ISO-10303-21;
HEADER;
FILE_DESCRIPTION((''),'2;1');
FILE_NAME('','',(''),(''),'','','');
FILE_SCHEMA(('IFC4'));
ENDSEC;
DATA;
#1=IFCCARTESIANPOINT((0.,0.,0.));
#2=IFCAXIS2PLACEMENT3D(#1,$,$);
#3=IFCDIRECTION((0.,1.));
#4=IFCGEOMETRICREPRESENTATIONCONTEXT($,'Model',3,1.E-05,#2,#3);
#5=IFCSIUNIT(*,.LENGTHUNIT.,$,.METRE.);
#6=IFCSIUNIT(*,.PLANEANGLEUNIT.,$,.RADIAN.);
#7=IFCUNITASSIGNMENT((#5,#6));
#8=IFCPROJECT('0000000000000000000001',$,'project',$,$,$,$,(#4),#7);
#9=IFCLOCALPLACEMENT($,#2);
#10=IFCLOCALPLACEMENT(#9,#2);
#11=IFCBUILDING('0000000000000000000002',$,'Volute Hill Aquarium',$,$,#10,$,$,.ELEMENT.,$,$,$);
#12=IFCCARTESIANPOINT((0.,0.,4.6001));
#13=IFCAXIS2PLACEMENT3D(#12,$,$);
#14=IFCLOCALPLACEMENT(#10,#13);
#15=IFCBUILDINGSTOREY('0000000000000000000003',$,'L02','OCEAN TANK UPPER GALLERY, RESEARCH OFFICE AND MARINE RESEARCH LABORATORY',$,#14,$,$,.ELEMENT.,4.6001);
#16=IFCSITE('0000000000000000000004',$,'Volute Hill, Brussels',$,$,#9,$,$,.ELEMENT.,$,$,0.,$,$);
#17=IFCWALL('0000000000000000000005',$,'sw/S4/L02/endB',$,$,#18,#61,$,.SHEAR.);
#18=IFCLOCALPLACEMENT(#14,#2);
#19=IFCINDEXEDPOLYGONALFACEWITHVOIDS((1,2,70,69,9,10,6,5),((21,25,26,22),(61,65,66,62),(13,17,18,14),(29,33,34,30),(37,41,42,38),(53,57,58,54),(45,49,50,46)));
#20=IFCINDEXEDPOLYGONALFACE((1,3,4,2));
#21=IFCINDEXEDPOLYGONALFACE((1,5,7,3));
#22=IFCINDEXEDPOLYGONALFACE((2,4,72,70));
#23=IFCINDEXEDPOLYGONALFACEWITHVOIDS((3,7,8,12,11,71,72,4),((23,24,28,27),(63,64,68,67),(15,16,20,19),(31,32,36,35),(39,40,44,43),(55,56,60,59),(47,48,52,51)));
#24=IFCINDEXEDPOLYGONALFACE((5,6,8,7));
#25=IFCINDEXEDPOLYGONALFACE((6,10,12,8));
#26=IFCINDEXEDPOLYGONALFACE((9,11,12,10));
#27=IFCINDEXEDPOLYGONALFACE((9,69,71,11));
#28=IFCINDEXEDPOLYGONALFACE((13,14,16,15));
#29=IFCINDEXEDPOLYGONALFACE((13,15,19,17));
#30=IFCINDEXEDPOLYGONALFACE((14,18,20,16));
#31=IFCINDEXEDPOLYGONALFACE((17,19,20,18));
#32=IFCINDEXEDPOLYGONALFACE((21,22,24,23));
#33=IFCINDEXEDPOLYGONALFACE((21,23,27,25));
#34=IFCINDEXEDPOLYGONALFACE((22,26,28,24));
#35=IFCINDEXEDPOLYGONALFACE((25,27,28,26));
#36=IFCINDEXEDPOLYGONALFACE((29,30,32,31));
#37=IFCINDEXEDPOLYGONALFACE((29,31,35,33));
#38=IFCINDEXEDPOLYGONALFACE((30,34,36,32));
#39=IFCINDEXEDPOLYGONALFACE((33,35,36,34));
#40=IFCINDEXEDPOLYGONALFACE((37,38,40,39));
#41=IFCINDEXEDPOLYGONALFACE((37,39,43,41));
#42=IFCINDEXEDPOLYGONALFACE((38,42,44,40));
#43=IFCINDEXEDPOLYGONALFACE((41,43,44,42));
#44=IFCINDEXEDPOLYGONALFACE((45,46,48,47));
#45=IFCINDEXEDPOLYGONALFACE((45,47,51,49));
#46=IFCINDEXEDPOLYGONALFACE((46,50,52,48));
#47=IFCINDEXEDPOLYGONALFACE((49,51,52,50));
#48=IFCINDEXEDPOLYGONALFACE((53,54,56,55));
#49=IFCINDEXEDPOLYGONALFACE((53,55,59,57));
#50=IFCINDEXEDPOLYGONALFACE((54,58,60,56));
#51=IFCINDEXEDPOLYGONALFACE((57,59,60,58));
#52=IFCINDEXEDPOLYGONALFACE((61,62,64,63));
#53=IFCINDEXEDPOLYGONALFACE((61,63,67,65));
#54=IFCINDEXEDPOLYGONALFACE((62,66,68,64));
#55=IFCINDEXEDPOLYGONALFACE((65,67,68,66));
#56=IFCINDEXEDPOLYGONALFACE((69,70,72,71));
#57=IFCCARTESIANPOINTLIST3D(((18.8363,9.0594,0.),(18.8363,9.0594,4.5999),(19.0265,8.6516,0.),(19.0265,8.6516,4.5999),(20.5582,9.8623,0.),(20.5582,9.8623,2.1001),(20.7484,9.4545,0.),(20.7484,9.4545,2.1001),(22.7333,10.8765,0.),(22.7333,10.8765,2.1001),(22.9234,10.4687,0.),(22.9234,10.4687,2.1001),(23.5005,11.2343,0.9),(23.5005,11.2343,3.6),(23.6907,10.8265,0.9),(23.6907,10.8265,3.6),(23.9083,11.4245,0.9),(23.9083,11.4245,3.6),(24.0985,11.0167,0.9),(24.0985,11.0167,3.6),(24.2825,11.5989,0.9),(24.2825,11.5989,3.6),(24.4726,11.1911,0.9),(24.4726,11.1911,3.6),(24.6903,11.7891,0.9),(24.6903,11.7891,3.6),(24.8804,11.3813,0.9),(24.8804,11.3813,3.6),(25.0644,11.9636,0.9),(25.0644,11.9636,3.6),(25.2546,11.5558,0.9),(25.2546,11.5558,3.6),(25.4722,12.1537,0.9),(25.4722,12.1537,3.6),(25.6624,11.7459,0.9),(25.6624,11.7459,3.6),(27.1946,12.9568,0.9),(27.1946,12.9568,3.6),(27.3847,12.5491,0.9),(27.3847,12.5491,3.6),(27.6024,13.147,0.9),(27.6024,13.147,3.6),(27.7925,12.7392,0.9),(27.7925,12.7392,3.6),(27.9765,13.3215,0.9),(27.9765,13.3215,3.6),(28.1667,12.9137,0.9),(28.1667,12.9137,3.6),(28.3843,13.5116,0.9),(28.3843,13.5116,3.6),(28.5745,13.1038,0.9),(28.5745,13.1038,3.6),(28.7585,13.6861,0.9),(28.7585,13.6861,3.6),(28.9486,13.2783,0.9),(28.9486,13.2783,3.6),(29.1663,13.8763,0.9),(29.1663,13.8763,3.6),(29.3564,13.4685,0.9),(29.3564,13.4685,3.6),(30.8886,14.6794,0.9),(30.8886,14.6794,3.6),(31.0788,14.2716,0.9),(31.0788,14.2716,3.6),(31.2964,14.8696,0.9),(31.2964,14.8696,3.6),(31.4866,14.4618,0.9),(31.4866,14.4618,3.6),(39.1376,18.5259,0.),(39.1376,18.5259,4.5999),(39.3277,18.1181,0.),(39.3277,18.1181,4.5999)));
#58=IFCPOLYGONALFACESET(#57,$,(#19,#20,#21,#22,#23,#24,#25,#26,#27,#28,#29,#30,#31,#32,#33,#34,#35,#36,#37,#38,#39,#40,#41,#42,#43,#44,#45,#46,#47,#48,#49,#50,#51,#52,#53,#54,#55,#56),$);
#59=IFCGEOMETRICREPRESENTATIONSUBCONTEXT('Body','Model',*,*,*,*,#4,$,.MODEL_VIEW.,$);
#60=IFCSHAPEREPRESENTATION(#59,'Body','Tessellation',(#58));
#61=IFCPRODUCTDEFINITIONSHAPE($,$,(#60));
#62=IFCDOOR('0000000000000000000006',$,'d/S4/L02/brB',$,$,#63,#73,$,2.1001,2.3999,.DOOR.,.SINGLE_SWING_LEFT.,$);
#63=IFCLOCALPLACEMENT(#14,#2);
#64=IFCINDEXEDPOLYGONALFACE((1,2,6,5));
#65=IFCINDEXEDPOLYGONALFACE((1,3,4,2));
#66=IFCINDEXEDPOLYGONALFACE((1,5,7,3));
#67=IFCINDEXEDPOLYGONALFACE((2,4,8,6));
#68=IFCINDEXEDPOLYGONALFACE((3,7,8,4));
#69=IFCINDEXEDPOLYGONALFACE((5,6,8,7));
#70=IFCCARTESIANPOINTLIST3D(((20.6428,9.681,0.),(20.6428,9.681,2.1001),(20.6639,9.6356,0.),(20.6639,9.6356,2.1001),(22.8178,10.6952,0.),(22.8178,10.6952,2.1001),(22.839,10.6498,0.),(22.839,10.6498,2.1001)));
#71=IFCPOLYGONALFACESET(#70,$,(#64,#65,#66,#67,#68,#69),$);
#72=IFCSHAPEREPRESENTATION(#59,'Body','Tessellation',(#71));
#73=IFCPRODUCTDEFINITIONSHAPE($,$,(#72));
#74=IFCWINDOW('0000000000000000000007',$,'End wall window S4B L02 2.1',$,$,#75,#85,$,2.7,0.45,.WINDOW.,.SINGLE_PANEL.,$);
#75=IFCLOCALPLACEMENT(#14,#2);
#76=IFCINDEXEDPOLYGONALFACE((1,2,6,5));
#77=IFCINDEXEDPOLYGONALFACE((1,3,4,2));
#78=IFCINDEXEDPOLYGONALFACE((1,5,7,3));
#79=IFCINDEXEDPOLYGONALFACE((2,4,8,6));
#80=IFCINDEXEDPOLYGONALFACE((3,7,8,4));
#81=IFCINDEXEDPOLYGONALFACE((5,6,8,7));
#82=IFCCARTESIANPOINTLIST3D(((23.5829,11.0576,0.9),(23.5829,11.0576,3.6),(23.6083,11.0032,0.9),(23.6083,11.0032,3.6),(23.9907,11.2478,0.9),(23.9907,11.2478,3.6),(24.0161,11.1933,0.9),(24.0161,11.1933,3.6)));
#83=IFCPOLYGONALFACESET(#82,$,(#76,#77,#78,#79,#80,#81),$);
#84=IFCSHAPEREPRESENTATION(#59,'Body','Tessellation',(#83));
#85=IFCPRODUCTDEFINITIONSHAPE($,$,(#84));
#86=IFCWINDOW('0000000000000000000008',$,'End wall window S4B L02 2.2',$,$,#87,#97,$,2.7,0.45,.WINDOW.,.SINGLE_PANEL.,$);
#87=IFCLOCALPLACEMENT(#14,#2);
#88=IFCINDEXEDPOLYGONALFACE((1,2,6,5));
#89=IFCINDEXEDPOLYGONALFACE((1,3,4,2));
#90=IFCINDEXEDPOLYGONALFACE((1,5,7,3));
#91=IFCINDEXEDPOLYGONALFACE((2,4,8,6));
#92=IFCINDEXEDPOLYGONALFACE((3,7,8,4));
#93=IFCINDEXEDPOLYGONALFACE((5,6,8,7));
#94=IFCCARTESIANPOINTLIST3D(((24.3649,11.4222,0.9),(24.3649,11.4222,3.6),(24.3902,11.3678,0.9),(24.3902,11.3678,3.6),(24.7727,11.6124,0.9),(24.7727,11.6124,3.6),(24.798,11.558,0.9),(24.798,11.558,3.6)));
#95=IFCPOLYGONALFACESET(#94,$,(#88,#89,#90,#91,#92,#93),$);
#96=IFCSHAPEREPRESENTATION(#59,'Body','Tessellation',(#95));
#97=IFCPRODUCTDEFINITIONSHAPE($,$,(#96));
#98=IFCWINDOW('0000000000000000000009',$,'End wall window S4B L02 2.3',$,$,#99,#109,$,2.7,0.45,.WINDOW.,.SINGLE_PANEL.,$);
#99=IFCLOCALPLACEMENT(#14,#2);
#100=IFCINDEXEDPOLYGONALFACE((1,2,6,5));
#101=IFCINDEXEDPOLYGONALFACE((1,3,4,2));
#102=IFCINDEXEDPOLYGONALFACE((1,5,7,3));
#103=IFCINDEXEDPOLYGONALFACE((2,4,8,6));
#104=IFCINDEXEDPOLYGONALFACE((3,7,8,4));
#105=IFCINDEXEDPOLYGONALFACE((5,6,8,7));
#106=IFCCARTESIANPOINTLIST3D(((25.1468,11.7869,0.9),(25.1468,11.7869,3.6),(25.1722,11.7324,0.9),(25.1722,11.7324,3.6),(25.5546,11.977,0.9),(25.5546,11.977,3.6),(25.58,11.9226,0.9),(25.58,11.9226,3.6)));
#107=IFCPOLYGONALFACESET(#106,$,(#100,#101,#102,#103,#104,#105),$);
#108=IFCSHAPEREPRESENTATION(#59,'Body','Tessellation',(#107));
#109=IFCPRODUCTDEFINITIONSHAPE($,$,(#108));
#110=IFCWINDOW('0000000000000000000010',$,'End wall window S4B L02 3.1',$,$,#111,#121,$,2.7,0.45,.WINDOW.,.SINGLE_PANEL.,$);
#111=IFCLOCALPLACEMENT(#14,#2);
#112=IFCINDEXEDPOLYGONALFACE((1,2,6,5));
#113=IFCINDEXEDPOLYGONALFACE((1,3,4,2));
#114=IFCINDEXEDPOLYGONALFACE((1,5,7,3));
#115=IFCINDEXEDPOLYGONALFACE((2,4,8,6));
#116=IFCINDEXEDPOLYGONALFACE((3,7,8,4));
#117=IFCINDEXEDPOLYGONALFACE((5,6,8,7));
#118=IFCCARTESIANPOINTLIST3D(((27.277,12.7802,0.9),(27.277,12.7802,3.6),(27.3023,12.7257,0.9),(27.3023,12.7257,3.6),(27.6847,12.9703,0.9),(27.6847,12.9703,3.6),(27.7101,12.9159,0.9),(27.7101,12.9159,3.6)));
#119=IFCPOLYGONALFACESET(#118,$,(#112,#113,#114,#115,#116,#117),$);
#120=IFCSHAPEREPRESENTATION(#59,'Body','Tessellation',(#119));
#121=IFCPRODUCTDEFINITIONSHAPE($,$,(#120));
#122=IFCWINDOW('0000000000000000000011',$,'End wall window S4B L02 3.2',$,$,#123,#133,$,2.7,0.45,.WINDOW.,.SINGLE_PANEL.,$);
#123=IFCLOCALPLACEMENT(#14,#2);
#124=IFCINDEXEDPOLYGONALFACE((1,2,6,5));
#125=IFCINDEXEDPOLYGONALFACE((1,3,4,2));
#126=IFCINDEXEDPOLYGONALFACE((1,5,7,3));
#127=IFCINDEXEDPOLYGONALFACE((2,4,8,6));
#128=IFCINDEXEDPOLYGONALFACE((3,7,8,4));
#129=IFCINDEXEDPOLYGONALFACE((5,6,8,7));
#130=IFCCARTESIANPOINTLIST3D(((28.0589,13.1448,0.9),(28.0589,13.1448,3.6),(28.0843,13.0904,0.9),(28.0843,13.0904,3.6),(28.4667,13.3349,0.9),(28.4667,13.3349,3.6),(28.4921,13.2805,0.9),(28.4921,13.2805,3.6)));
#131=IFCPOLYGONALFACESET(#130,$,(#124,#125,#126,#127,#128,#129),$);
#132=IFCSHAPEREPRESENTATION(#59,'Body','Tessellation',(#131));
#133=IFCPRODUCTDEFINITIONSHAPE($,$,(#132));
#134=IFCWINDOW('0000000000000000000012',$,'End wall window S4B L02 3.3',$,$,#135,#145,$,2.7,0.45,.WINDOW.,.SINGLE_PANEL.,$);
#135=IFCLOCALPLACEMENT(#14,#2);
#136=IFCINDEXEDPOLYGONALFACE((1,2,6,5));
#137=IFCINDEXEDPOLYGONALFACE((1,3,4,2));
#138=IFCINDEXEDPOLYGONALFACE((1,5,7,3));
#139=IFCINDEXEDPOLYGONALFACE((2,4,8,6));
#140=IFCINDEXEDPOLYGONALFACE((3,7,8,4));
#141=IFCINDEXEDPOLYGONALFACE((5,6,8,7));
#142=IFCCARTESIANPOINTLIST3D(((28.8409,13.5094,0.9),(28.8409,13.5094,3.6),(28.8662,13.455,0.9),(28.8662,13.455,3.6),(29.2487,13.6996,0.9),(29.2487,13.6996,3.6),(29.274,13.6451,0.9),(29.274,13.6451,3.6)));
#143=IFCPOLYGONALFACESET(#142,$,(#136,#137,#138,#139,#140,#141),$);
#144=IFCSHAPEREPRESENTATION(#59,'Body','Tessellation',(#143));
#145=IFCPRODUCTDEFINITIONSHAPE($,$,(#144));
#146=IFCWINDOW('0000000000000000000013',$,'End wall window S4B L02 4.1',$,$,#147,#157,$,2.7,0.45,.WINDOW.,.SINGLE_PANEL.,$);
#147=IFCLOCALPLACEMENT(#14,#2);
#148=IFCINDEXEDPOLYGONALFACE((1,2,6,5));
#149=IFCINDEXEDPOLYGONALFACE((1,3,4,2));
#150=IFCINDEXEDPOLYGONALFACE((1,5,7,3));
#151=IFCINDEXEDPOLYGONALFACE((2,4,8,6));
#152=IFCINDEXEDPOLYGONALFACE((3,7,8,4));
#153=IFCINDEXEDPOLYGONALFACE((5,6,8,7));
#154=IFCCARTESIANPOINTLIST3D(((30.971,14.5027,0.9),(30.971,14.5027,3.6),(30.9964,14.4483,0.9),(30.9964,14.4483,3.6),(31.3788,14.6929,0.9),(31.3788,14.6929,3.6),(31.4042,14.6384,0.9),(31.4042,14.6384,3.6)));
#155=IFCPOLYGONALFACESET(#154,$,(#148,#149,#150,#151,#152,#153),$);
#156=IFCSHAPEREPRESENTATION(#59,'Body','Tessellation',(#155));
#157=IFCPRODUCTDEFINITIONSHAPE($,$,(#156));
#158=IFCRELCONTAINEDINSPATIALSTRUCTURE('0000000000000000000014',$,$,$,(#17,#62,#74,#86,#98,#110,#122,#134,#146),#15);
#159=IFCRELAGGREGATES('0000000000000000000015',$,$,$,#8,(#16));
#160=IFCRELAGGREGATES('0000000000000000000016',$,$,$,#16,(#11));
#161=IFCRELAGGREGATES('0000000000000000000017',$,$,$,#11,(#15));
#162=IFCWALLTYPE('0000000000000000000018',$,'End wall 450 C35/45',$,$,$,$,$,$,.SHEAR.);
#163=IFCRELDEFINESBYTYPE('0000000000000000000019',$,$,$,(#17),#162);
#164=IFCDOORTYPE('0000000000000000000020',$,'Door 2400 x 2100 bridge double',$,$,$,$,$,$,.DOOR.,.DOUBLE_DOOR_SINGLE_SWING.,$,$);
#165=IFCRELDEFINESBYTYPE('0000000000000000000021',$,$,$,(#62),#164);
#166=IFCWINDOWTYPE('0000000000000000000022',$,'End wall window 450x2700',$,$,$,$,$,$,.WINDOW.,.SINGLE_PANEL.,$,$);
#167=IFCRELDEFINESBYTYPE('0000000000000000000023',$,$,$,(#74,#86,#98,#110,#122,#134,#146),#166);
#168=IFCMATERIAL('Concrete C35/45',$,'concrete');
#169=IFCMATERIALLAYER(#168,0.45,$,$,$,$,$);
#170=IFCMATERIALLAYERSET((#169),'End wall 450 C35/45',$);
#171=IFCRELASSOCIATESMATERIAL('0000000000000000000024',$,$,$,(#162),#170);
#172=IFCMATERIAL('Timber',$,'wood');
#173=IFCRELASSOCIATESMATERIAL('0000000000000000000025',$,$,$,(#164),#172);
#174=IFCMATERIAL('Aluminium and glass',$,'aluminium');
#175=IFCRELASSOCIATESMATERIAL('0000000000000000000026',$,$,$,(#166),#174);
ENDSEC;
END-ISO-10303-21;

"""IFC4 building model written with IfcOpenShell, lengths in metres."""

from ifc_helpers import new_model, si_unit, direction, frame, frame_2d, origin, place, context, subcontext, project, spatial, rectangle, extrude, material, layer, layer_set, type_object, element, fill, save


model = new_model("IFC4")

# Units and contexts
model_context = context("Model", 3, precision=1e-05, world=origin(), true_north=direction((0.0, 1.0)))
body_context = subcontext(model_context, "Body", "Model", "MODEL_VIEW")
ifc_project = project(units=[si_unit("LENGTHUNIT", "METRE"), si_unit("PLANEANGLEUNIT", "RADIAN")], contexts=[model_context])

# Site, building, storey
site_placement = place(None, origin())
site = spatial("IfcSite", under=ifc_project, at=site_placement, Name="Volute Hill, Brussels", CompositionType="ELEMENT", RefElevation=0.0)
building_placement = place(site_placement, origin())
building = spatial("IfcBuilding", under=site, at=building_placement, Name="Volute Hill Aquarium", CompositionType="ELEMENT")
storey_placement = place(building_placement, frame((0.0, 0.0, 4.6001)))
storey = spatial("IfcBuildingStorey", under=building, at=storey_placement, Name="L02", Description="OCEAN TANK UPPER GALLERY, RESEARCH OFFICE AND MARINE RESEARCH LABORATORY", CompositionType="ELEMENT", Elevation=4.6001)

# Wall, openings, door, windows
ifc_material_1 = material(Name="Concrete C35/45", Category="concrete")
ifc_layer_1 = layer(ifc_material_1, 0.45)
ifc_layer_set_1 = layer_set([ifc_layer_1], Name="End wall 450 C35/45")
wall_type_1 = type_object("IfcWallType", Name="End wall 450 C35/45", PredefinedType="SHEAR", material=ifc_layer_set_1)
wall_1_placement = place(storey_placement, frame((18.9314, 8.8555, 0.0), z_axis=(0.0, 0.0, 1.0), x_axis=(0.906309, 0.422615, 0.0)))
wall_1 = element("IfcWall", 1, at=wall_1_placement, inside=storey, type_object=wall_type_1, Name="sw/S4/L02/endB", PredefinedType="SHEAR", context=body_context, shape_type="SweptSolid", body=[
    extrude(rectangle(XDim=22.3999, YDim=0.45, at=frame_2d((11.2, 0.0))), origin(), (0.0, 0.0, 1.0), 4.5999),
])
opening_1_placement = place(wall_1_placement, frame((5.1462, 0.0, 0.8999)))
opening_1 = element("IfcOpeningElement", 2, at=opening_1_placement, cuts=wall_1, PredefinedType="OPENING", context=body_context, shape_type="SweptSolid", body=[
    extrude(rectangle(XDim=0.45, YDim=2.7, at=frame_2d((0.2251, 1.3501))), frame((0.0, 0.2349, 0.0), z_axis=(0.0, -1.0, 0.0), x_axis=(1.0, 0.0, 0.0)), (0.0, 0.0, 1.0), 0.47),
])
opening_2_placement = place(wall_1_placement, frame((6.009, 0.0, 0.8999)))
opening_2 = element("IfcOpeningElement", 3, at=opening_2_placement, cuts=wall_1, PredefinedType="OPENING", context=body_context, shape_type="SweptSolid", body=[
    extrude(rectangle(XDim=0.45, YDim=2.7, at=frame_2d((0.2251, 1.3501))), frame((0.0, 0.2349, 0.0), z_axis=(0.0, -1.0, 0.0), x_axis=(1.0, 0.0, 0.0)), (0.0, 0.0, 1.0), 0.47),
])
opening_3_placement = place(wall_1_placement, frame((6.8718, 0.0, 0.8999)))
opening_3 = element("IfcOpeningElement", 4, at=opening_3_placement, cuts=wall_1, PredefinedType="OPENING", context=body_context, shape_type="SweptSolid", body=[
    extrude(rectangle(XDim=0.45, YDim=2.7, at=frame_2d((0.2251, 1.3501))), frame((0.0, 0.2349, 0.0), z_axis=(0.0, -1.0, 0.0), x_axis=(1.0, 0.0, 0.0)), (0.0, 0.0, 1.0), 0.47),
])
opening_4_placement = place(wall_1_placement, frame((9.2222, 0.0, 0.8999)))
opening_4 = element("IfcOpeningElement", 5, at=opening_4_placement, cuts=wall_1, PredefinedType="OPENING", context=body_context, shape_type="SweptSolid", body=[
    extrude(rectangle(XDim=0.45, YDim=2.7, at=frame_2d((0.2251, 1.3501))), frame((0.0, 0.2349, 0.0), z_axis=(0.0, -1.0, 0.0), x_axis=(1.0, 0.0, 0.0)), (0.0, 0.0, 1.0), 0.47),
])
opening_5_placement = place(wall_1_placement, frame((10.085, 0.0, 0.8999)))
opening_5 = element("IfcOpeningElement", 6, at=opening_5_placement, cuts=wall_1, PredefinedType="OPENING", context=body_context, shape_type="SweptSolid", body=[
    extrude(rectangle(XDim=0.45, YDim=2.7, at=frame_2d((0.2251, 1.3501))), frame((0.0, 0.2349, 0.0), z_axis=(0.0, -1.0, 0.0), x_axis=(1.0, 0.0, 0.0)), (0.0, 0.0, 1.0), 0.47),
])
opening_6_placement = place(wall_1_placement, frame((10.9478, 0.0, 0.8999)))
opening_6 = element("IfcOpeningElement", 7, at=opening_6_placement, cuts=wall_1, PredefinedType="OPENING", context=body_context, shape_type="SweptSolid", body=[
    extrude(rectangle(XDim=0.45, YDim=2.7, at=frame_2d((0.2251, 1.3501))), frame((0.0, 0.2349, 0.0), z_axis=(0.0, -1.0, 0.0), x_axis=(1.0, 0.0, 0.0)), (0.0, 0.0, 1.0), 0.47),
])
opening_7_placement = place(wall_1_placement, frame((13.2981, 0.0, 0.8999)))
opening_7 = element("IfcOpeningElement", 8, at=opening_7_placement, cuts=wall_1, PredefinedType="OPENING", context=body_context, shape_type="SweptSolid", body=[
    extrude(rectangle(XDim=0.45, YDim=2.7, at=frame_2d((0.2251, 1.3501))), frame((0.0, 0.2349, 0.0), z_axis=(0.0, -1.0, 0.0), x_axis=(1.0, 0.0, 0.0)), (0.0, 0.0, 1.0), 0.47),
])
opening_8_placement = place(wall_1_placement, frame((1.8999, 0.0, 0.0)))
opening_8 = element("IfcOpeningElement", 9, at=opening_8_placement, cuts=wall_1, PredefinedType="OPENING", context=body_context, shape_type="SweptSolid", body=[
    extrude(rectangle(XDim=2.3999, YDim=2.1001, at=frame_2d((1.2, 1.05))), frame((0.0, 0.2349, 0.0), z_axis=(0.0, -1.0, 0.0), x_axis=(1.0, 0.0, 0.0)), (0.0, 0.0, 1.0), 0.47),
])
ifc_material_2 = material(Name="Timber", Category="wood")
door_type = type_object("IfcDoorType", Name="Door 2400 x 2100 bridge double", OperationType="DOUBLE_DOOR_SINGLE_SWING", PredefinedType="DOOR", material=ifc_material_2)
door_1_placement = place(opening_8_placement, origin())
door_1 = element("IfcDoor", 10, at=door_1_placement, inside=storey, type_object=door_type, Name="d/S4/L02/brB", OperationType="SINGLE_SWING_LEFT", OverallHeight=2.1001, OverallWidth=2.3999, PredefinedType="DOOR", context=body_context, shape_type="SweptSolid", body=[
    extrude(rectangle(XDim=2.3999, YDim=2.1001, at=frame_2d((1.2, 1.05))), frame((0.0, 0.0249, 0.0), z_axis=(0.0, -1.0, 0.0), x_axis=(1.0, 0.0, 0.0)), (0.0, 0.0, 1.0), 0.05),
])
fill(opening_8, door_1)
ifc_material_3 = material(Name="Aluminium and glass", Category="aluminium")
window_type_1 = type_object("IfcWindowType", Name="End wall window 450x2700", PartitioningType="SINGLE_PANEL", PredefinedType="WINDOW", material=ifc_material_3)
window_1_placement = place(opening_1_placement, origin())
window_1 = element("IfcWindow", 11, at=window_1_placement, inside=storey, type_object=window_type_1, Name="End wall window S4B L02 2.1", OverallHeight=2.7, OverallWidth=0.45, PartitioningType="SINGLE_PANEL", PredefinedType="WINDOW", context=body_context, shape_type="SweptSolid", body=[
    extrude(rectangle(XDim=0.45, YDim=2.7, at=frame_2d((0.2251, 1.3501))), frame((0.0, 0.03, 0.0), z_axis=(0.0, -1.0, 0.0), x_axis=(1.0, 0.0, 0.0)), (0.0, 0.0, 1.0), 0.0601),
])
fill(opening_1, window_1)
window_2_placement = place(opening_2_placement, origin())
window_2 = element("IfcWindow", 12, at=window_2_placement, inside=storey, type_object=window_type_1, Name="End wall window S4B L02 2.2", OverallHeight=2.7, OverallWidth=0.45, PartitioningType="SINGLE_PANEL", PredefinedType="WINDOW", context=body_context, shape_type="SweptSolid", body=[
    extrude(rectangle(XDim=0.45, YDim=2.7, at=frame_2d((0.2251, 1.3501))), frame((0.0, 0.03, 0.0), z_axis=(0.0, -1.0, 0.0), x_axis=(1.0, 0.0, 0.0)), (0.0, 0.0, 1.0), 0.0601),
])
fill(opening_2, window_2)
window_3_placement = place(opening_3_placement, origin())
window_3 = element("IfcWindow", 13, at=window_3_placement, inside=storey, type_object=window_type_1, Name="End wall window S4B L02 2.3", OverallHeight=2.7, OverallWidth=0.45, PartitioningType="SINGLE_PANEL", PredefinedType="WINDOW", context=body_context, shape_type="SweptSolid", body=[
    extrude(rectangle(XDim=0.45, YDim=2.7, at=frame_2d((0.2251, 1.3501))), frame((0.0, 0.03, 0.0), z_axis=(0.0, -1.0, 0.0), x_axis=(1.0, 0.0, 0.0)), (0.0, 0.0, 1.0), 0.0601),
])
fill(opening_3, window_3)
window_4_placement = place(opening_4_placement, origin())
window_4 = element("IfcWindow", 14, at=window_4_placement, inside=storey, type_object=window_type_1, Name="End wall window S4B L02 3.1", OverallHeight=2.7, OverallWidth=0.45, PartitioningType="SINGLE_PANEL", PredefinedType="WINDOW", context=body_context, shape_type="SweptSolid", body=[
    extrude(rectangle(XDim=0.45, YDim=2.7, at=frame_2d((0.2251, 1.3501))), frame((0.0, 0.03, 0.0), z_axis=(0.0, -1.0, 0.0), x_axis=(1.0, 0.0, 0.0)), (0.0, 0.0, 1.0), 0.0601),
])
fill(opening_4, window_4)
window_5_placement = place(opening_5_placement, origin())
window_5 = element("IfcWindow", 15, at=window_5_placement, inside=storey, type_object=window_type_1, Name="End wall window S4B L02 3.2", OverallHeight=2.7, OverallWidth=0.45, PartitioningType="SINGLE_PANEL", PredefinedType="WINDOW", context=body_context, shape_type="SweptSolid", body=[
    extrude(rectangle(XDim=0.45, YDim=2.7, at=frame_2d((0.2251, 1.3501))), frame((0.0, 0.03, 0.0), z_axis=(0.0, -1.0, 0.0), x_axis=(1.0, 0.0, 0.0)), (0.0, 0.0, 1.0), 0.0601),
])
fill(opening_5, window_5)
window_6_placement = place(opening_6_placement, origin())
window_6 = element("IfcWindow", 16, at=window_6_placement, inside=storey, type_object=window_type_1, Name="End wall window S4B L02 3.3", OverallHeight=2.7, OverallWidth=0.45, PartitioningType="SINGLE_PANEL", PredefinedType="WINDOW", context=body_context, shape_type="SweptSolid", body=[
    extrude(rectangle(XDim=0.45, YDim=2.7, at=frame_2d((0.2251, 1.3501))), frame((0.0, 0.03, 0.0), z_axis=(0.0, -1.0, 0.0), x_axis=(1.0, 0.0, 0.0)), (0.0, 0.0, 1.0), 0.0601),
])
fill(opening_6, window_6)
window_7_placement = place(opening_7_placement, origin())
window_7 = element("IfcWindow", 17, at=window_7_placement, inside=storey, type_object=window_type_1, Name="End wall window S4B L02 4.1", OverallHeight=2.7, OverallWidth=0.45, PartitioningType="SINGLE_PANEL", PredefinedType="WINDOW", context=body_context, shape_type="SweptSolid", body=[
    extrude(rectangle(XDim=0.45, YDim=2.7, at=frame_2d((0.2251, 1.3501))), frame((0.0, 0.03, 0.0), z_axis=(0.0, -1.0, 0.0), x_axis=(1.0, 0.0, 0.0)), (0.0, 0.0, 1.0), 0.0601),
])
fill(opening_7, window_7)

save(model, "model.ifc")
